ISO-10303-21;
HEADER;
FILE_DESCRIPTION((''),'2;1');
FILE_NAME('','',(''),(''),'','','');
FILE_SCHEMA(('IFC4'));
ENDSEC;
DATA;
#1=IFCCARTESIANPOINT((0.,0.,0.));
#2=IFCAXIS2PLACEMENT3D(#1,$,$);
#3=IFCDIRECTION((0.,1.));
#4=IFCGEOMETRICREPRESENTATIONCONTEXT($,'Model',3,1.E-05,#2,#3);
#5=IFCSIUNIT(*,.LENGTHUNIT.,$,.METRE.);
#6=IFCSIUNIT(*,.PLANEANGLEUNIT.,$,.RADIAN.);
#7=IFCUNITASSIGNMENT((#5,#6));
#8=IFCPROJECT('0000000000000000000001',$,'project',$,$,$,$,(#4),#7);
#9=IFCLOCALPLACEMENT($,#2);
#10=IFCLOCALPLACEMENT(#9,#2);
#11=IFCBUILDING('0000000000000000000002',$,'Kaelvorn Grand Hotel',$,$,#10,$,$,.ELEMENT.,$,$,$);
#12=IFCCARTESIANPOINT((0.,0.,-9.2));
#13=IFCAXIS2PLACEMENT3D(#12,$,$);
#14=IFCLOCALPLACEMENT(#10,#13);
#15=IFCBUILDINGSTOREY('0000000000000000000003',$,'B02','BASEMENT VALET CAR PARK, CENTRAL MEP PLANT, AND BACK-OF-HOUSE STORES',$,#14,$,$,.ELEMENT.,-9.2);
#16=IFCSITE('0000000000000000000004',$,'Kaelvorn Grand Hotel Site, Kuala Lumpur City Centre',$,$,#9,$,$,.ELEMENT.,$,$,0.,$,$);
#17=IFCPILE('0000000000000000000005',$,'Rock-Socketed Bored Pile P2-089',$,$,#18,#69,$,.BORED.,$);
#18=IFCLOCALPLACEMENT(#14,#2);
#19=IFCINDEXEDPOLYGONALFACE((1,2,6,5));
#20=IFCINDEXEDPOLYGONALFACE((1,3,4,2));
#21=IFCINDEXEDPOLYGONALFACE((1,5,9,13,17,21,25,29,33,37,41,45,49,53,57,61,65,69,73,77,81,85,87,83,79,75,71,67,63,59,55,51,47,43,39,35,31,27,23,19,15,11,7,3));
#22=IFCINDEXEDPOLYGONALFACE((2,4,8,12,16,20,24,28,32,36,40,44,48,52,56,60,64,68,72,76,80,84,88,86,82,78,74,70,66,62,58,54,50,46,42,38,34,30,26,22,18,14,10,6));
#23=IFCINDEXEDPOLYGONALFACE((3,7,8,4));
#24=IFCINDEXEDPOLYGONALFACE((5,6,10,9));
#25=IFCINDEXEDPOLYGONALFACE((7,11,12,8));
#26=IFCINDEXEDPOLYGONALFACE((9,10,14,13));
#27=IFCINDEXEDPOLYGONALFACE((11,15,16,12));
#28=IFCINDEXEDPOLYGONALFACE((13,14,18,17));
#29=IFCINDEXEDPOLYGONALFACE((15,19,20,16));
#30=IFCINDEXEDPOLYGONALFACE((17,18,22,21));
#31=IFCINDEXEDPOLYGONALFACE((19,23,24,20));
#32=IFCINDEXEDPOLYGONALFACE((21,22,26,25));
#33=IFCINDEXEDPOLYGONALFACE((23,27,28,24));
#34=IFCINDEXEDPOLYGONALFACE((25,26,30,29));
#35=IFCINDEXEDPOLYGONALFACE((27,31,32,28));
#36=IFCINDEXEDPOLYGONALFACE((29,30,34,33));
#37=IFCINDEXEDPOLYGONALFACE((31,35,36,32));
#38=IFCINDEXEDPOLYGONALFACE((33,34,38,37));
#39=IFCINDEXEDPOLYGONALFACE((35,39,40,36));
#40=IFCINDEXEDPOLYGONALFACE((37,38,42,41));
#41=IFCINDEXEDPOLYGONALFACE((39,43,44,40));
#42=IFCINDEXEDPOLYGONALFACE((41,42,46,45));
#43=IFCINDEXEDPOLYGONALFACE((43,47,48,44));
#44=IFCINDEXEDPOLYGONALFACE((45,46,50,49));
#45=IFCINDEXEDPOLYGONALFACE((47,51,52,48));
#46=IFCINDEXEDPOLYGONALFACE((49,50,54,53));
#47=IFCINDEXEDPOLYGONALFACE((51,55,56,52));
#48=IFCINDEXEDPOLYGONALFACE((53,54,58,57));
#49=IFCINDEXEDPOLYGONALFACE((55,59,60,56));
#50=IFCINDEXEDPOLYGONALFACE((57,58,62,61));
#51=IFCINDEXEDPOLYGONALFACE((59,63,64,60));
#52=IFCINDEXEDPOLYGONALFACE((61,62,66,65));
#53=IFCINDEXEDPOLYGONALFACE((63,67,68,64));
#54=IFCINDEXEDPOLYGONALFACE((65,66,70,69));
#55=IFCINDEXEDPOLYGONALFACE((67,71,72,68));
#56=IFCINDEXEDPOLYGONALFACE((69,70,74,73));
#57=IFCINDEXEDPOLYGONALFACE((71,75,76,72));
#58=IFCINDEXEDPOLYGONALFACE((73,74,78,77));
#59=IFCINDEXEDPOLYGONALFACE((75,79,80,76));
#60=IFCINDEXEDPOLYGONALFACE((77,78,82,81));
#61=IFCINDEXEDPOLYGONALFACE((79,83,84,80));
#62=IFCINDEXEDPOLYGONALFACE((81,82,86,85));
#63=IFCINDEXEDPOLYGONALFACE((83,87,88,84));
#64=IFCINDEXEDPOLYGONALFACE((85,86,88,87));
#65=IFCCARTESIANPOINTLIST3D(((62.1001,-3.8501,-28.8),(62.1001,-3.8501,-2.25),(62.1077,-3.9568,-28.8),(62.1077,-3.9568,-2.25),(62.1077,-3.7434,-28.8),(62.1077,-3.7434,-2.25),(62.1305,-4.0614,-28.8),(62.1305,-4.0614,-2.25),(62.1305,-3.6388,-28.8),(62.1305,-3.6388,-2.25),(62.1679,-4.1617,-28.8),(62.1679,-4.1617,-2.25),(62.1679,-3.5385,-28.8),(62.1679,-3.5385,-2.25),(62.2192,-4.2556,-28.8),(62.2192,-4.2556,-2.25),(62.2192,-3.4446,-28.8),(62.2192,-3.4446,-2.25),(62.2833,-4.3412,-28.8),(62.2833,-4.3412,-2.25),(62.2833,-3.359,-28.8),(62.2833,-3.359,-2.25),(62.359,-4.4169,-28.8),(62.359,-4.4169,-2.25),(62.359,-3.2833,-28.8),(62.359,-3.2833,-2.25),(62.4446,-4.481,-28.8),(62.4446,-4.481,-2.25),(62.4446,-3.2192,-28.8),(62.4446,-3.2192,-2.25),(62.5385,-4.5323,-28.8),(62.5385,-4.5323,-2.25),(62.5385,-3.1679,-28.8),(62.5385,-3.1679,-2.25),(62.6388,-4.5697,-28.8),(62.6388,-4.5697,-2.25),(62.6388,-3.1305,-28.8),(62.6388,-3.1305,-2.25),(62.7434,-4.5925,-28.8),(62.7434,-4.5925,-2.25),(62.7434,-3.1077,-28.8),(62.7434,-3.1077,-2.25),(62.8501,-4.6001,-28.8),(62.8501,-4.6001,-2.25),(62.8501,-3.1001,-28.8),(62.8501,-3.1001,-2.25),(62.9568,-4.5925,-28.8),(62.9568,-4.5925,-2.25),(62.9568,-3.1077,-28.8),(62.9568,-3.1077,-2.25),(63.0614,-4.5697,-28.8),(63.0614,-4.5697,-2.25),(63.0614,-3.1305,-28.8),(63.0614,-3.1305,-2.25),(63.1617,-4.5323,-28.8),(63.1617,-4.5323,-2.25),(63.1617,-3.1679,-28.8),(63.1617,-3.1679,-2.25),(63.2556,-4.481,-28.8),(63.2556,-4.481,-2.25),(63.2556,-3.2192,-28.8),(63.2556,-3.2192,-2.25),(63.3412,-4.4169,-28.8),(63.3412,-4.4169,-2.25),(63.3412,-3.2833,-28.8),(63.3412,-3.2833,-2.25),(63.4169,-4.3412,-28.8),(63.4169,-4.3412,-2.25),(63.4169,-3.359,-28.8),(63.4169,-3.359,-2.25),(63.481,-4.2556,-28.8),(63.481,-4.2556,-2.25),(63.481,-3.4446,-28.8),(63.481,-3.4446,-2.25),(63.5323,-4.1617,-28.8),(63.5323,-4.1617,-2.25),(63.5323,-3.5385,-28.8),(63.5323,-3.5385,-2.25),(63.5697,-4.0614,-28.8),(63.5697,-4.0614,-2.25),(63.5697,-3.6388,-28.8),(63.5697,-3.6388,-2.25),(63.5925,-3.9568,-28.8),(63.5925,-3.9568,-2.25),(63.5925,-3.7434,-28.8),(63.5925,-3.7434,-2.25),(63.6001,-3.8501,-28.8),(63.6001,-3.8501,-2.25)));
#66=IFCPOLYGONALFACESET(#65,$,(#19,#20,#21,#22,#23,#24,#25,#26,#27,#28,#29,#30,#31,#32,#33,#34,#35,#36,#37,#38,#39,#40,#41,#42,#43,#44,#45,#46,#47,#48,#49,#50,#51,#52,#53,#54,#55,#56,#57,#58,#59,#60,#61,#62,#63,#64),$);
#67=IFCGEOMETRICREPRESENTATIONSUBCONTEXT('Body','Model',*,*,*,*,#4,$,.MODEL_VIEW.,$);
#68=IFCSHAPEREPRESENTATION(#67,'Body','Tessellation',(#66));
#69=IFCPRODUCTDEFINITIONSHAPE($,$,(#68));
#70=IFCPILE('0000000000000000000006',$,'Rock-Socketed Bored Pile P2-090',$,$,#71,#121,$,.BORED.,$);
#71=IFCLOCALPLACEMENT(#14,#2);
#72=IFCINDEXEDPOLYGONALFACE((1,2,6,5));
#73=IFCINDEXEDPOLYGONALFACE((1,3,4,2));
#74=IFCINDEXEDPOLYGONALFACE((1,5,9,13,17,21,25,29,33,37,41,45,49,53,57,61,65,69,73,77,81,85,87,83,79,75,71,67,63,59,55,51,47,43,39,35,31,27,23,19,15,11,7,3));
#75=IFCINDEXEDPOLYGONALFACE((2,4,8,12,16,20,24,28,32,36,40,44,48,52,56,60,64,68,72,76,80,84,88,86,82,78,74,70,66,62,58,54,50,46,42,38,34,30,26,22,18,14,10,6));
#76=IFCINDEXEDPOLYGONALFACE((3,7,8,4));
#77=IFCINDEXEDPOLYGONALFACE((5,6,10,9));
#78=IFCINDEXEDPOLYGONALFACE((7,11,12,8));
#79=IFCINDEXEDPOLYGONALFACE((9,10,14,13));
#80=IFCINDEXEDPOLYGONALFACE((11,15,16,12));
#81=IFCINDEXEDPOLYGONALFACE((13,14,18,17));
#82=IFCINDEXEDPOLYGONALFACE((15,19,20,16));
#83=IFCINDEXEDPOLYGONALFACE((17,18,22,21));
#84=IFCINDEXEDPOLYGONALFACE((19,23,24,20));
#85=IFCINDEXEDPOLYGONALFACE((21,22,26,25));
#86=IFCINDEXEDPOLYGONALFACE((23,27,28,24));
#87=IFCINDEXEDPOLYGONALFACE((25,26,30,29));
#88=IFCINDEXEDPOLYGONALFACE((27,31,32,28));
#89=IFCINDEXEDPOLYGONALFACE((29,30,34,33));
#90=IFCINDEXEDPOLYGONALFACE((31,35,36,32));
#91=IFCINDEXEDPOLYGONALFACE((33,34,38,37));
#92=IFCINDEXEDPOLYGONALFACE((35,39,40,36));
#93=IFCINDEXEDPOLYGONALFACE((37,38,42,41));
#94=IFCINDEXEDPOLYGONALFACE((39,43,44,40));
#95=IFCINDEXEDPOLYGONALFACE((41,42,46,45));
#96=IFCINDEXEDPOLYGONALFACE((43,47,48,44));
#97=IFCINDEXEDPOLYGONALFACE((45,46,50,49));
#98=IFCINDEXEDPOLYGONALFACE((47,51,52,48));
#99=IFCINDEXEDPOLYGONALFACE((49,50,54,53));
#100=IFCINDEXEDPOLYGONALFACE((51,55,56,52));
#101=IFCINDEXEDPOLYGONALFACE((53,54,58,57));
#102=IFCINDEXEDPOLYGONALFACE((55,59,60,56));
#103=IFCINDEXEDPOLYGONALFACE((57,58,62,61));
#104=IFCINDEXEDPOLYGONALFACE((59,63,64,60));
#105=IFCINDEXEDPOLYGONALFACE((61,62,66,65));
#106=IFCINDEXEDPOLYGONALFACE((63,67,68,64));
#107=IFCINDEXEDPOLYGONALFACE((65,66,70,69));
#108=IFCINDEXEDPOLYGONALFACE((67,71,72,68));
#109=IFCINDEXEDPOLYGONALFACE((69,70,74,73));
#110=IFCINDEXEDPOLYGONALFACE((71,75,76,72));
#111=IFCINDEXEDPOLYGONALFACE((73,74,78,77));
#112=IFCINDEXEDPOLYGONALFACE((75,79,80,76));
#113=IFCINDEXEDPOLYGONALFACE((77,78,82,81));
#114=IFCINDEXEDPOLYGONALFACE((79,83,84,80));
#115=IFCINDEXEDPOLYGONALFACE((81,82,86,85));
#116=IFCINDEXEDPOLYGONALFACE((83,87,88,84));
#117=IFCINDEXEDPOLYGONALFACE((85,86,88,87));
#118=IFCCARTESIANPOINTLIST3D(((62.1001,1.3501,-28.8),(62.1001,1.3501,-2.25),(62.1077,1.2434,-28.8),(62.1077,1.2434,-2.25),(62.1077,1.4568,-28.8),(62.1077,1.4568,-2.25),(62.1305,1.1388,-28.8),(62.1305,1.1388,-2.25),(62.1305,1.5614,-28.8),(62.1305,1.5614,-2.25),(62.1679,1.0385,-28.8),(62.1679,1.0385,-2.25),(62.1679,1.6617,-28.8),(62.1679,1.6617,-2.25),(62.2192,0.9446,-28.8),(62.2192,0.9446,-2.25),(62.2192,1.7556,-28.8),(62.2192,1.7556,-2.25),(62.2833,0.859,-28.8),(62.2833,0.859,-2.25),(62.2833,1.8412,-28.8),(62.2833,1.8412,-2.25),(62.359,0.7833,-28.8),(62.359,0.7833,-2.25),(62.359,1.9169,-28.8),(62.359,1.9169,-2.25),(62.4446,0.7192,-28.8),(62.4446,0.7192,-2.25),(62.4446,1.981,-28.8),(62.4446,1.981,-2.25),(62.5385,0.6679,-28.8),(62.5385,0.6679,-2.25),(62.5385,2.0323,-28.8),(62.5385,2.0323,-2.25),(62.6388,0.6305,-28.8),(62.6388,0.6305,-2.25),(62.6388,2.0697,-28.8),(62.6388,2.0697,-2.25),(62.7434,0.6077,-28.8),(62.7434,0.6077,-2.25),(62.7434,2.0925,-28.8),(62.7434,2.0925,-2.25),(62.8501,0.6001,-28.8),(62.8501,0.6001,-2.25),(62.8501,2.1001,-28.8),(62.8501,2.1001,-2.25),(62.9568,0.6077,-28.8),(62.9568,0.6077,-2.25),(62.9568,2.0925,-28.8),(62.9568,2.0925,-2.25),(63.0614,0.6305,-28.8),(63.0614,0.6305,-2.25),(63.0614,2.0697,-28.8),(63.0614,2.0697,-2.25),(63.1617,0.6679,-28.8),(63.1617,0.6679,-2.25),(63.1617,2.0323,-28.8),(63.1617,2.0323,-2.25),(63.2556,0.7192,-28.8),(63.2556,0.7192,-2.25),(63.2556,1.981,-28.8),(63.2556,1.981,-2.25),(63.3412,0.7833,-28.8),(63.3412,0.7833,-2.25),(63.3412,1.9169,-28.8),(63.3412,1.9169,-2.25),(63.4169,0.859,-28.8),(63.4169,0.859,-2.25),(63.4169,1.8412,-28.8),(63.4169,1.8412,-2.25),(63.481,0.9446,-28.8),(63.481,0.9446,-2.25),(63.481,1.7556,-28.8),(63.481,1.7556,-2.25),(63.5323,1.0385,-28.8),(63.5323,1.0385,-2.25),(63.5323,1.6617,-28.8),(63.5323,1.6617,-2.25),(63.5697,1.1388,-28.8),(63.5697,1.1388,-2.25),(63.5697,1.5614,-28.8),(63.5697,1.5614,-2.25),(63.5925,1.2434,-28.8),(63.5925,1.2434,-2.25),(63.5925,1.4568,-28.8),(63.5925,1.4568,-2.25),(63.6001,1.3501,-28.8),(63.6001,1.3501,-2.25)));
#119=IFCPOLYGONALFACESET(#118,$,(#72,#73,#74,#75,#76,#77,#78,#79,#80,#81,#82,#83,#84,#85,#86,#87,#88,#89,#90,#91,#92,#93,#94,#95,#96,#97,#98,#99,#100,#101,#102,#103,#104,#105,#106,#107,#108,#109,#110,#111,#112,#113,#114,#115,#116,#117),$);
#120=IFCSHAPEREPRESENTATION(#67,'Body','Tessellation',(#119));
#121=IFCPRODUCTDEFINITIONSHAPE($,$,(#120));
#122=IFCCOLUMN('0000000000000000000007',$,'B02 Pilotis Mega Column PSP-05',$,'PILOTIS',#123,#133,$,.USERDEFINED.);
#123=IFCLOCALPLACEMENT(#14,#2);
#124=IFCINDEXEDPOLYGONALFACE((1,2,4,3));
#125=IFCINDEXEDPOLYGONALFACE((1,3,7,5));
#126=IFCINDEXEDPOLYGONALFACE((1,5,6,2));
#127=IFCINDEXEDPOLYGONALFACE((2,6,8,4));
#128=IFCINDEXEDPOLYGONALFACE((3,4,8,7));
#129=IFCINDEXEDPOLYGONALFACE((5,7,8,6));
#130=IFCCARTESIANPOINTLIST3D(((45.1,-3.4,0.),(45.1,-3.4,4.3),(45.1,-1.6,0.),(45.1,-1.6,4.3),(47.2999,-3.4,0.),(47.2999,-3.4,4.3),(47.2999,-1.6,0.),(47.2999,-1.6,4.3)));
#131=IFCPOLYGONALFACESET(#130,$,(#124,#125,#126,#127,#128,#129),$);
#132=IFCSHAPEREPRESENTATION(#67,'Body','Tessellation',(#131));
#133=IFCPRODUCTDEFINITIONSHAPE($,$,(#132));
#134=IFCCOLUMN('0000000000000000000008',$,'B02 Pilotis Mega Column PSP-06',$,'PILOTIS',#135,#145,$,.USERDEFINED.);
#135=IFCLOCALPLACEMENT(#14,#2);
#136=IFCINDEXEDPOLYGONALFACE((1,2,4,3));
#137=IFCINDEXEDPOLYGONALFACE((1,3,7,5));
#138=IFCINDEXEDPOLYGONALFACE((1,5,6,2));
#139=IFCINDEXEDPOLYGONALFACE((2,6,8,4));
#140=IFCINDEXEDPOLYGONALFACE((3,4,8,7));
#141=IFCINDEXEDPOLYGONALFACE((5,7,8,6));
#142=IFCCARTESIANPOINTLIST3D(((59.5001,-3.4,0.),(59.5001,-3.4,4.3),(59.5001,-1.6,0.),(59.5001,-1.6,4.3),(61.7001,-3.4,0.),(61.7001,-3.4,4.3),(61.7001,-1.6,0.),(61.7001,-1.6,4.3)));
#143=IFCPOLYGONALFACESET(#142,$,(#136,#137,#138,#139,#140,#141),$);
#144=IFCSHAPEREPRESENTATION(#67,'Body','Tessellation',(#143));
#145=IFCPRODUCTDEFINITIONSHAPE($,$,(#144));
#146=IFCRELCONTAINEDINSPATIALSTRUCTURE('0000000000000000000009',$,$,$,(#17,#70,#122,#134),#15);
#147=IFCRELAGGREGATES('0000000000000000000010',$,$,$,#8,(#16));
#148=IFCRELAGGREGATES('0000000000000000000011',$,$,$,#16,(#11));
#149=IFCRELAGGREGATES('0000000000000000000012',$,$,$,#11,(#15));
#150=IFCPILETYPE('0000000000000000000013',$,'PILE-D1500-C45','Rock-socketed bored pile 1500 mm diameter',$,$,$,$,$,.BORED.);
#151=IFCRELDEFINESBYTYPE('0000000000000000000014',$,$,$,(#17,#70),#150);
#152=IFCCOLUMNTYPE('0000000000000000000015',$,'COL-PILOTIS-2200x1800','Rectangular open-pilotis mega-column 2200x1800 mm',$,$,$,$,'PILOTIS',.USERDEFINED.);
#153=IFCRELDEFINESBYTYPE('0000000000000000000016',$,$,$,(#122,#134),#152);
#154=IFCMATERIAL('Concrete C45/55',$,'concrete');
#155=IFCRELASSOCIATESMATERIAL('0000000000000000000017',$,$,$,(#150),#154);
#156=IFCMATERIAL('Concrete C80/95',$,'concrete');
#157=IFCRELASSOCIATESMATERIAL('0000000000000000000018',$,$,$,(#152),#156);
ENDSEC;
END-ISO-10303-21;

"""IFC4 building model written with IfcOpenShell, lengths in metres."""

from ifc_helpers import new_model, si_unit, direction, frame, origin, origin_2d, place, context, subcontext, project, spatial, rectangle, circle, extrude, material, material_profile, profile_set, type_object, element, save


model = new_model("IFC4")

# Units and contexts
model_context = context("Model", 3, precision=1e-05, world=origin(), true_north=direction((0.0, 1.0)))
body_context = subcontext(model_context, "Body", "Model", "MODEL_VIEW")
ifc_project = project(units=[si_unit("LENGTHUNIT", "METRE"), si_unit("PLANEANGLEUNIT", "RADIAN")], contexts=[model_context])

# Site, building, storey
site_placement = place(None, origin())
site = spatial("IfcSite", under=ifc_project, at=site_placement, Name="Kaelvorn Grand Hotel Site, Kuala Lumpur City Centre", CompositionType="ELEMENT", RefElevation=0.0)
building_placement = place(site_placement, origin())
building = spatial("IfcBuilding", under=site, at=building_placement, Name="Kaelvorn Grand Hotel", CompositionType="ELEMENT")
storey_placement = place(building_placement, frame((0.0, 0.0, -9.2)))
storey = spatial("IfcBuildingStorey", under=building, at=storey_placement, Name="B02", Description="BASEMENT VALET CAR PARK, CENTRAL MEP PLANT, AND BACK-OF-HOUSE STORES", CompositionType="ELEMENT", Elevation=-9.2)

# Piles
ifc_material_1 = material(Name="Concrete C45/55", Category="concrete")
ifc_material_profile_1 = material_profile(ifc_material_1, circle(Radius=0.75, at=origin_2d()), Name="BORED PILE D1500")
ifc_profile_set_1 = profile_set([ifc_material_profile_1], Name="Concrete C45/55")
pile_type = type_object("IfcPileType", Name="PILE-D1500-C45", Description="Rock-socketed bored pile 1500 mm diameter", PredefinedType="BORED", material=ifc_profile_set_1)
for number, where, z_axis, x_axis, name in (
    (1, (62.8501, -3.8501, -2.25), (0.0, 0.0, -1.0), (1.0, 0.0, 0.0), "Rock-Socketed Bored Pile P2-089"),
    (2, (62.8501, 1.3501, -2.25), (0.0, 0.0, -1.0), (1.0, 0.0, 0.0), "Rock-Socketed Bored Pile P2-090"),
):
    element("IfcPile", number, at=place(storey_placement, frame(where, z_axis=z_axis, x_axis=x_axis)), inside=storey, type_object=pile_type, Name=name, PredefinedType="BORED", context=body_context, shape_type="SweptSolid", body=[
        extrude(circle(Radius=0.75, at=origin_2d()), origin(), (0.0, 0.0, 1.0), 26.55),
    ])

# Columns
ifc_material_2 = material(Name="Concrete C80/95", Category="concrete")
ifc_material_profile_2 = material_profile(ifc_material_2, rectangle(XDim=2.2, YDim=1.8, at=origin_2d()), Name="PILOTIS 2200x1800")
ifc_profile_set_2 = profile_set([ifc_material_profile_2], Name="Concrete C80/95")
column_type_1 = type_object("IfcColumnType", Name="COL-PILOTIS-2200x1800", Description="Rectangular open-pilotis mega-column 2200x1800 mm", ElementType="PILOTIS", PredefinedType="USERDEFINED", material=ifc_profile_set_2)
for number, where, z_axis, x_axis, name in (
    (3, (46.2, -2.5, 0.0), (0.0, 0.0, 1.0), (1.0, 0.0, 0.0), "B02 Pilotis Mega Column PSP-05"),
    (4, (60.6001, -2.5, 0.0), (0.0, 0.0, 1.0), (1.0, 0.0, 0.0), "B02 Pilotis Mega Column PSP-06"),
):
    element("IfcColumn", number, at=place(storey_placement, frame(where, z_axis=z_axis, x_axis=x_axis)), inside=storey, type_object=column_type_1, Name=name, ObjectType="PILOTIS", PredefinedType="USERDEFINED", context=body_context, shape_type="SweptSolid", body=[
        extrude(rectangle(XDim=2.2, YDim=1.8, at=origin_2d()), origin(), (0.0, 0.0, 1.0), 4.3),
    ])

save(model, "model.ifc")
